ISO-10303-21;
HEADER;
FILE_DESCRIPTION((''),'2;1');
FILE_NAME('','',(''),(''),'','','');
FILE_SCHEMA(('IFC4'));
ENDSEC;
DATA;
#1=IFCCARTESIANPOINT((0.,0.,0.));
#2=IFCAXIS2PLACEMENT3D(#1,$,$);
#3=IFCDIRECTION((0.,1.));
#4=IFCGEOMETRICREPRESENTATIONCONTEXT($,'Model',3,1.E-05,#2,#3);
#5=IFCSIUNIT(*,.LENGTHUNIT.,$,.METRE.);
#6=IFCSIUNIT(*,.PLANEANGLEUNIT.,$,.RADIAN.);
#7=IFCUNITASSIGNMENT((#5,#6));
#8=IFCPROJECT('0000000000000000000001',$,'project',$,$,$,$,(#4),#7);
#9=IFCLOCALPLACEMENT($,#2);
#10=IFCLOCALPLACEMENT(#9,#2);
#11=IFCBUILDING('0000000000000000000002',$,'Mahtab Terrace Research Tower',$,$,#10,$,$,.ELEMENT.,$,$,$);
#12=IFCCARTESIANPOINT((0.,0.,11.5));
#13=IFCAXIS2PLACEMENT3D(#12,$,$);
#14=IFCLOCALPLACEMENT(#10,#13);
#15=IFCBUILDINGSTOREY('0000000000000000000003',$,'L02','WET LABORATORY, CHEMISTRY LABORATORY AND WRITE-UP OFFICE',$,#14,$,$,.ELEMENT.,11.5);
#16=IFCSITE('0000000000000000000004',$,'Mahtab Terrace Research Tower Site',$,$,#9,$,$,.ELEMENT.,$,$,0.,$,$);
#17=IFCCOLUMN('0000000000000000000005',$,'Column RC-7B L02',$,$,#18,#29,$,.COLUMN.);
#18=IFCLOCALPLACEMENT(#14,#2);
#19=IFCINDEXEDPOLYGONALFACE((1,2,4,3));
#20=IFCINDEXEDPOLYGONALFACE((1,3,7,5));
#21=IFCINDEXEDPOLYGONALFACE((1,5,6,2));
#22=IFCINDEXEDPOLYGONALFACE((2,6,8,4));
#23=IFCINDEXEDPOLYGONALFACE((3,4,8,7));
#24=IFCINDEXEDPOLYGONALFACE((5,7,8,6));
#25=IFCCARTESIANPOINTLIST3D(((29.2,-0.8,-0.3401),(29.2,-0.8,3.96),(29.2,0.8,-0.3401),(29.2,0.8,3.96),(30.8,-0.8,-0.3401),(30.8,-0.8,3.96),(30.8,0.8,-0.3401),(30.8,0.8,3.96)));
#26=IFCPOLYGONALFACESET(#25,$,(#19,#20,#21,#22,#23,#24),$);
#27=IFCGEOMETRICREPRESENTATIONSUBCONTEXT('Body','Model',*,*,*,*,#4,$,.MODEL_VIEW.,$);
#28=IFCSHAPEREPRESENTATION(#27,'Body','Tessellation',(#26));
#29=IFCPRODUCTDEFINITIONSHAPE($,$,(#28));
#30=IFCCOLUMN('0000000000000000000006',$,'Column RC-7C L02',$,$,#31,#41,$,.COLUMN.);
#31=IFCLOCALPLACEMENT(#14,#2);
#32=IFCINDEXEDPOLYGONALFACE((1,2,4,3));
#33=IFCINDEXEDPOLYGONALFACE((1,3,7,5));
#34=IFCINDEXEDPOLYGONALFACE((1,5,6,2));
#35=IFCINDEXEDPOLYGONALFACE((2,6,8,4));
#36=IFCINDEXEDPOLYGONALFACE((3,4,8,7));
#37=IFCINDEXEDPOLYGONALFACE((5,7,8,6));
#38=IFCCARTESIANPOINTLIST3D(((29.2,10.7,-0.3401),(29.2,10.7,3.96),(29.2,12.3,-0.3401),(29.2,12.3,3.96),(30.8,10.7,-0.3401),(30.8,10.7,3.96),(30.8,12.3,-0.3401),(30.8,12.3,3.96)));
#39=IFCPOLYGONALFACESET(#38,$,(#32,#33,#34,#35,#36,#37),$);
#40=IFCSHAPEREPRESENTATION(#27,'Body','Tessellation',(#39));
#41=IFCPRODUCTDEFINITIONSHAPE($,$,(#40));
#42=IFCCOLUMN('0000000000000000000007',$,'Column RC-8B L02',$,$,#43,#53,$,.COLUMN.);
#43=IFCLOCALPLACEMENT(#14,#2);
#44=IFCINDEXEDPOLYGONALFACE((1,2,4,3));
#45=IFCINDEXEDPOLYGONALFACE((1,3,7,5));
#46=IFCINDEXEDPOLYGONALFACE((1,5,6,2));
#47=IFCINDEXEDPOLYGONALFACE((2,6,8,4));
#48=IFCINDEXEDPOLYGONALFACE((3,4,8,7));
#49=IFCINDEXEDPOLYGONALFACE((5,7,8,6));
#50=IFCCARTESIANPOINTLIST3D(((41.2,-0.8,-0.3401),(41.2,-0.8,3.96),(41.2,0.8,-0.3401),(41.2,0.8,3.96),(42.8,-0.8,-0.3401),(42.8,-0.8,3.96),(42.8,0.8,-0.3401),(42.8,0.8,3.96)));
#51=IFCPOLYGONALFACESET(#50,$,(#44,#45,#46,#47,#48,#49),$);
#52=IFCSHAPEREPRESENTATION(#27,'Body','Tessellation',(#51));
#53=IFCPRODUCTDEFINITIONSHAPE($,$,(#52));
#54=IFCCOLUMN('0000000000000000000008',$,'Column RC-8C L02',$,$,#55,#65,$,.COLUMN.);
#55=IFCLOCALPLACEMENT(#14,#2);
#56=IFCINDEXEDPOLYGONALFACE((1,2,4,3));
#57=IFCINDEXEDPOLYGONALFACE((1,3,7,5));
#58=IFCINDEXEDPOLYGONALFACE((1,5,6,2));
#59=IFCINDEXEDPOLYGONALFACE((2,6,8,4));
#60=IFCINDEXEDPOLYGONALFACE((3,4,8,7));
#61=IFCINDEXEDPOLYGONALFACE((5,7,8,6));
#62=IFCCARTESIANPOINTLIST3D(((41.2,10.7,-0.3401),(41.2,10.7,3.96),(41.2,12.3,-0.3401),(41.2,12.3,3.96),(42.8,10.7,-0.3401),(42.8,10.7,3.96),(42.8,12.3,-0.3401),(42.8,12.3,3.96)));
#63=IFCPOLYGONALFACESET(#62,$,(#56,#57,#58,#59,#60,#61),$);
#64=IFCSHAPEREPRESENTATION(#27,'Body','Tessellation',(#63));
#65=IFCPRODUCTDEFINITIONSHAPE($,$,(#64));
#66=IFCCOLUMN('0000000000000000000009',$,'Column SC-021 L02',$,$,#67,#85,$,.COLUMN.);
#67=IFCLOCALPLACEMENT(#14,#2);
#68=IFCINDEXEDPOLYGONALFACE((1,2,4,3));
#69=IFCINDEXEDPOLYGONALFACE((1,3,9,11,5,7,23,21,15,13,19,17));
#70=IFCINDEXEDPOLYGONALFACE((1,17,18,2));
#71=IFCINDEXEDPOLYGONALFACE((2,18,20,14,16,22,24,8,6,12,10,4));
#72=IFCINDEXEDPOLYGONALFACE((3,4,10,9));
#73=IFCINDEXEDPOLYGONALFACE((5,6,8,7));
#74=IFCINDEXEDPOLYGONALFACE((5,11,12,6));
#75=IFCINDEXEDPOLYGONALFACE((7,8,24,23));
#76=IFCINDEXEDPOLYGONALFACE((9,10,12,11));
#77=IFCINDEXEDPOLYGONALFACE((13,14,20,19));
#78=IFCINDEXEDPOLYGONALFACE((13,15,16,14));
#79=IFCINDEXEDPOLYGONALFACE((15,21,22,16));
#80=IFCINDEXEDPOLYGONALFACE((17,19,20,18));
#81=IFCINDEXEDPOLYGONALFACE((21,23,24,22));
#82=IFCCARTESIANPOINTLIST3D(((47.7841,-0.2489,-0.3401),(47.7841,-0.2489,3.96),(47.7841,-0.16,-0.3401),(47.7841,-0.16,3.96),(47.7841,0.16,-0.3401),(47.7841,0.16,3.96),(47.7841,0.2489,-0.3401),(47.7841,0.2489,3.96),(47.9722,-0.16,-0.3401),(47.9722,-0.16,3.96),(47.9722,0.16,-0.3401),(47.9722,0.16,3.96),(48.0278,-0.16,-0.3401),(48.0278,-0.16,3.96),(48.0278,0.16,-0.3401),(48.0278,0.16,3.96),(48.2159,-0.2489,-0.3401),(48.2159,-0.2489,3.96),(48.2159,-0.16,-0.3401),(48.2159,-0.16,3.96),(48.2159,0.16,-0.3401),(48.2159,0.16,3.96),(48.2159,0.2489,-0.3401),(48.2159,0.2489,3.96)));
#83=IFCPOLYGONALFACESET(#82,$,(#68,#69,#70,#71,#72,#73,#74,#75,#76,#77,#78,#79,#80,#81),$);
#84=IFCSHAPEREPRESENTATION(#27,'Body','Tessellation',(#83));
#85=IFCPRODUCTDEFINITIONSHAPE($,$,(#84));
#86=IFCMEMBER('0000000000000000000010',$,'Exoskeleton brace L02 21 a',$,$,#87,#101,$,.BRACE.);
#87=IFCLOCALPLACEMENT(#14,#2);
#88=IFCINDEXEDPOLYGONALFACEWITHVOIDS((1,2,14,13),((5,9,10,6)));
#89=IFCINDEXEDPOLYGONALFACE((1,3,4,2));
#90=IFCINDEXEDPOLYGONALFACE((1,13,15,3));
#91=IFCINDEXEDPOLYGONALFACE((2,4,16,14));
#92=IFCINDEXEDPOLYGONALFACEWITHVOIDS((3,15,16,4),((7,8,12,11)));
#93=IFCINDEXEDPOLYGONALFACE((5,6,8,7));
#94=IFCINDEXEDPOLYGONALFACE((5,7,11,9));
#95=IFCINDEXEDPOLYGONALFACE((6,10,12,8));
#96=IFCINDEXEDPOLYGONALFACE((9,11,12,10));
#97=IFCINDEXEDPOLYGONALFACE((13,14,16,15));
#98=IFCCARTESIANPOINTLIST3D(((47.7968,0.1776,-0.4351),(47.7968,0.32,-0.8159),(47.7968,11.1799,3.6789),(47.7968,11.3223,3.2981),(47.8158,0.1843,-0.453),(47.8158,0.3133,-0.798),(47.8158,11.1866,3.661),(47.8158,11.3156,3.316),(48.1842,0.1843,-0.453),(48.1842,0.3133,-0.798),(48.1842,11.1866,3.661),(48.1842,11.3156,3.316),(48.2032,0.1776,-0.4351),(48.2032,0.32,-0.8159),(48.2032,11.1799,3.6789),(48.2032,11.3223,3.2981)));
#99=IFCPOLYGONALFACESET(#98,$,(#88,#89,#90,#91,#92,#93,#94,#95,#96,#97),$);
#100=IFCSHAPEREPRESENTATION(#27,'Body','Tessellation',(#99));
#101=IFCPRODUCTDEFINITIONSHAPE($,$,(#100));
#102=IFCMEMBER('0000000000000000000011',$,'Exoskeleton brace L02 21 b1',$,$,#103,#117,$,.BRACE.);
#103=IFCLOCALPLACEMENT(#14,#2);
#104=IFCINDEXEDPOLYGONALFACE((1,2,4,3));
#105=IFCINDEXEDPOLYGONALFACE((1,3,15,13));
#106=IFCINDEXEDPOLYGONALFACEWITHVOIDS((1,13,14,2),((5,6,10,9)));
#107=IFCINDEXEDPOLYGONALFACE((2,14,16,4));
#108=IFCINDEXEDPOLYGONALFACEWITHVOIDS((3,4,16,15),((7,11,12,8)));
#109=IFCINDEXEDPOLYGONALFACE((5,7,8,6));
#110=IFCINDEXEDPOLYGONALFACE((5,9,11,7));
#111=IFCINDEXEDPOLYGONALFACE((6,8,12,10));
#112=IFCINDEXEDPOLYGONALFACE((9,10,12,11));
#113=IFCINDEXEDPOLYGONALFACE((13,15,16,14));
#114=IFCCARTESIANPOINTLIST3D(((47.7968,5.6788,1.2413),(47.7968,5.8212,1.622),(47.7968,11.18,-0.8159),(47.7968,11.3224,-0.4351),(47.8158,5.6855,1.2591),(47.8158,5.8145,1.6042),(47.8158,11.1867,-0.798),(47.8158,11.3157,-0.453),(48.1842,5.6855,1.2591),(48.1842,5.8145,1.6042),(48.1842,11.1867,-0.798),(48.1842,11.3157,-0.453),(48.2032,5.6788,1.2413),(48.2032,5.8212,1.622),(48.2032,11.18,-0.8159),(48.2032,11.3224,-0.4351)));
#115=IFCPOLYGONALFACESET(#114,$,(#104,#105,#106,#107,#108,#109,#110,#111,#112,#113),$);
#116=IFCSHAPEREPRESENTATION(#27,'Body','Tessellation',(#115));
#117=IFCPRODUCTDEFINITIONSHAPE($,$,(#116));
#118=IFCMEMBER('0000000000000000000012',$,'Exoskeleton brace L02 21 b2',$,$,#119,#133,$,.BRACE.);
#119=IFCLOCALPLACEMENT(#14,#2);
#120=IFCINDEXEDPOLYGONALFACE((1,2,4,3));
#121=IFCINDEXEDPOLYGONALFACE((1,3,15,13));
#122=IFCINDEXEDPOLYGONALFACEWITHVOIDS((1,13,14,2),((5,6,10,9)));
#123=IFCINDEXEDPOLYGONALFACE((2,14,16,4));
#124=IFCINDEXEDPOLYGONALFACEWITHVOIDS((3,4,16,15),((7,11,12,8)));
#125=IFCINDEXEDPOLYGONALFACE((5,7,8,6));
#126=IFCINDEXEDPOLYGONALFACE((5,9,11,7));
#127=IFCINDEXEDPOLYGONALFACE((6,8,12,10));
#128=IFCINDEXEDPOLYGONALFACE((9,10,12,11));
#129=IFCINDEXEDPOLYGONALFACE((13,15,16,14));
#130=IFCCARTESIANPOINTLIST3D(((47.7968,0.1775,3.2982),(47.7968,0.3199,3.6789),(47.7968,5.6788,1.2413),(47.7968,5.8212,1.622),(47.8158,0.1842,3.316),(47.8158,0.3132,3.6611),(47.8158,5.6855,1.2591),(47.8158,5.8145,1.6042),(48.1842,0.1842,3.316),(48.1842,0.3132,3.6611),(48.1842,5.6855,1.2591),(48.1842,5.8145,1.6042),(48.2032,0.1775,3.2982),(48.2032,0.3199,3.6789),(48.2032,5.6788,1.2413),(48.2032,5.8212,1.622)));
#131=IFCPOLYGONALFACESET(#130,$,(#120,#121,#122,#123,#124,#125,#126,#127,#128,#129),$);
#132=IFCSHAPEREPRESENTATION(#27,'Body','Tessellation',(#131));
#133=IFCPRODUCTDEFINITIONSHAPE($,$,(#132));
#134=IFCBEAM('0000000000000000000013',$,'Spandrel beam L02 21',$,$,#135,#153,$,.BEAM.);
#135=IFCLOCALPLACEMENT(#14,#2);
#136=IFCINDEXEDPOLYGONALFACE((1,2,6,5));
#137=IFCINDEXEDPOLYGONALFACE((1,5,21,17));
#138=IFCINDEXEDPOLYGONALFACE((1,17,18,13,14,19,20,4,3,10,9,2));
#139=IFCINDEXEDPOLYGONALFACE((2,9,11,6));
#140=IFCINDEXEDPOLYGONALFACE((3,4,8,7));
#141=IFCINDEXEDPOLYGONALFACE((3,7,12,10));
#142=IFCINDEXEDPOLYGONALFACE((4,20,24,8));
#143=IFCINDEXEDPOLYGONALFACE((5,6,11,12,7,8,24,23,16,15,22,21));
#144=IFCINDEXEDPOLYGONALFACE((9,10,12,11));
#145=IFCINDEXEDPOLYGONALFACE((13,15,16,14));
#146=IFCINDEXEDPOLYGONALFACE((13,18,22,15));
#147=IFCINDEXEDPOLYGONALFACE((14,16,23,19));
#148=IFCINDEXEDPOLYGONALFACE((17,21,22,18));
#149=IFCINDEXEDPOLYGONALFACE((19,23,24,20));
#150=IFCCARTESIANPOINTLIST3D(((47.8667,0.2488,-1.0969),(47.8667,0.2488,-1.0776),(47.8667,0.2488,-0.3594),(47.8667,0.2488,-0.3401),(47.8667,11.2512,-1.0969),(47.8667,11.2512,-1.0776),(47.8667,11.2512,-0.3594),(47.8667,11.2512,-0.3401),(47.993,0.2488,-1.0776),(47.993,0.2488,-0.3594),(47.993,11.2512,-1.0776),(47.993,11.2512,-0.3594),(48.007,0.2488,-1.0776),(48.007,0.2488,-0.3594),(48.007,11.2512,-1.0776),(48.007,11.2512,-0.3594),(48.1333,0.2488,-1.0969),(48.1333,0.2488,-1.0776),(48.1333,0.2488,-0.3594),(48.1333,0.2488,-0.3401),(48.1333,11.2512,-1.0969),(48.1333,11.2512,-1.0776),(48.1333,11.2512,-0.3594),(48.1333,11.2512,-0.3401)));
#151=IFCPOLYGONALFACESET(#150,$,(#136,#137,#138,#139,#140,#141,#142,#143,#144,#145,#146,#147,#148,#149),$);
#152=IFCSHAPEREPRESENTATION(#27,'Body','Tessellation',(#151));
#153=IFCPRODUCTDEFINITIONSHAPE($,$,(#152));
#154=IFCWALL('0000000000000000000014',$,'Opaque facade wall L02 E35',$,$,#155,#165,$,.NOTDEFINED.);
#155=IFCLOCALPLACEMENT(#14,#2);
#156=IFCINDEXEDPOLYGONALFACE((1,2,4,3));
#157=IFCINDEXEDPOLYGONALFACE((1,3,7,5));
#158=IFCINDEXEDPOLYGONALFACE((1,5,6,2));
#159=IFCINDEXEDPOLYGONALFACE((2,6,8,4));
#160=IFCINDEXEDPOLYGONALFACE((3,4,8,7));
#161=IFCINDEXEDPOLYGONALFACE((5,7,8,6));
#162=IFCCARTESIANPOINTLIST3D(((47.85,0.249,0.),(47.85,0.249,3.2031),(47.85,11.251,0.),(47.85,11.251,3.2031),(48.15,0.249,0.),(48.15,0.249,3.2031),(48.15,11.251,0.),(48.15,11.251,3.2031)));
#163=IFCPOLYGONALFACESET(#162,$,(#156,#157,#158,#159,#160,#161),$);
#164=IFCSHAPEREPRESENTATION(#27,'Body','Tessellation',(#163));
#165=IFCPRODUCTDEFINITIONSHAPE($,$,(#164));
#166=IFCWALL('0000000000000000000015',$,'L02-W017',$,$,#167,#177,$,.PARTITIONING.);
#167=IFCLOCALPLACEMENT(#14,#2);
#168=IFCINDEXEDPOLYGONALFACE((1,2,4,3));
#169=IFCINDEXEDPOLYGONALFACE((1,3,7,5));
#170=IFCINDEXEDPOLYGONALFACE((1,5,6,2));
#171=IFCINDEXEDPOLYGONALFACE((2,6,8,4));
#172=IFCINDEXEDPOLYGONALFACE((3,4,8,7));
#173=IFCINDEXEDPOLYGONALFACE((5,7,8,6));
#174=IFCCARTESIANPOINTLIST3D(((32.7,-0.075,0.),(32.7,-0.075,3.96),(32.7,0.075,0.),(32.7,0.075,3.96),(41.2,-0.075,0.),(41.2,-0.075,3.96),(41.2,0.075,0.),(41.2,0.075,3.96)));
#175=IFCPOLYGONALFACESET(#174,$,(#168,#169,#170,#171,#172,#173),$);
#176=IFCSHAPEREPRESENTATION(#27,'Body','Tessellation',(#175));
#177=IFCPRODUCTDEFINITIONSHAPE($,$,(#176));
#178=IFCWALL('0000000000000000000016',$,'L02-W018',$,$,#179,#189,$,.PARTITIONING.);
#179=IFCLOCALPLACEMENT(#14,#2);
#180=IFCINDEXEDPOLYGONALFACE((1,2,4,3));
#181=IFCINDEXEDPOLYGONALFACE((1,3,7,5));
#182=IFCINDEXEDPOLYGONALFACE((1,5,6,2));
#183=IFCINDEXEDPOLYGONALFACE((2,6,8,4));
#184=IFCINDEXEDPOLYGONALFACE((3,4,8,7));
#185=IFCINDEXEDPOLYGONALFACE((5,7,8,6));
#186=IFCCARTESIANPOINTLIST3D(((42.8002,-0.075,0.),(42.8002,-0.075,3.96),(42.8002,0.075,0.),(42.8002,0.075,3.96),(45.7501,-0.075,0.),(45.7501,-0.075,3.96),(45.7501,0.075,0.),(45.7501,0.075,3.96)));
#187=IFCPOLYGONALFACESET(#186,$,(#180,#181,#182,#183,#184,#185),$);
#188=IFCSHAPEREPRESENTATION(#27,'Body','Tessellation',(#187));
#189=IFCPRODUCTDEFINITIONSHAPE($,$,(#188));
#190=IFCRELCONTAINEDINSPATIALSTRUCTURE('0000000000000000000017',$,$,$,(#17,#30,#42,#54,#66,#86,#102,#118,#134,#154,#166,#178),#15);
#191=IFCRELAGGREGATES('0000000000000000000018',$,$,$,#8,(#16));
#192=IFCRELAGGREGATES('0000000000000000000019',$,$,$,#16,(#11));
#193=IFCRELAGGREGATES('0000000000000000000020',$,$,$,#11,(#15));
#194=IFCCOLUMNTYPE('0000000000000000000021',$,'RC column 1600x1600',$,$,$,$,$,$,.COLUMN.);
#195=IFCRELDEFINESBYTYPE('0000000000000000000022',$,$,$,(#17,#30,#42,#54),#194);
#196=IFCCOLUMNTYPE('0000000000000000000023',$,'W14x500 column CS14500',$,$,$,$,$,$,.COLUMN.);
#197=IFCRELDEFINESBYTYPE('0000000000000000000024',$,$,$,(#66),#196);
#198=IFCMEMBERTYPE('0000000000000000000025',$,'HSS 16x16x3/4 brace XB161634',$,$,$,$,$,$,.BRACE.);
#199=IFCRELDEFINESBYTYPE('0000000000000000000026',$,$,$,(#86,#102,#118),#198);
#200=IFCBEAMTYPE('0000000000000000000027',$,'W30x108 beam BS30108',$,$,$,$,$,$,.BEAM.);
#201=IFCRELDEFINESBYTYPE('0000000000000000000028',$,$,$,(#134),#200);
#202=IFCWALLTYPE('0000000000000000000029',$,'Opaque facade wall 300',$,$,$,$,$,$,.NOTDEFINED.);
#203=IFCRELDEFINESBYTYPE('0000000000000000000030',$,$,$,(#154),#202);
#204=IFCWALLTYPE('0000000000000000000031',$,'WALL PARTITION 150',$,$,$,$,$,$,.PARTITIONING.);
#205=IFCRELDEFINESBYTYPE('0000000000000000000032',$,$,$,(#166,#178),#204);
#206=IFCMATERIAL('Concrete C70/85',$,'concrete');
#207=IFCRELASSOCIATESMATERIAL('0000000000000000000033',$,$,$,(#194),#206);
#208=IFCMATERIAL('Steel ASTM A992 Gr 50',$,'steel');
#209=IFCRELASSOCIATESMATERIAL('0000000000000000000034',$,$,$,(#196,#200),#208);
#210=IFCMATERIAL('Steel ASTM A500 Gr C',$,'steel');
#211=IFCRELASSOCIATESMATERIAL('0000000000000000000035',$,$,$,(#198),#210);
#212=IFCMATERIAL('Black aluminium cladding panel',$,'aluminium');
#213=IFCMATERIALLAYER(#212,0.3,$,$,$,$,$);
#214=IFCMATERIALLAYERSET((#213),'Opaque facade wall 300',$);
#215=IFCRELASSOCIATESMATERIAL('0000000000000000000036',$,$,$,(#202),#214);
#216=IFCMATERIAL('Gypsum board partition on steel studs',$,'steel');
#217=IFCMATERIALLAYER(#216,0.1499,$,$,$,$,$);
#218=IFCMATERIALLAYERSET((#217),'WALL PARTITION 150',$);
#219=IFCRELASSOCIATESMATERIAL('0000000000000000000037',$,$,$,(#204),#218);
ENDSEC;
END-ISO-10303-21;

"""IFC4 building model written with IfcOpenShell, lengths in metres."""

from ifc_helpers import new_model, si_unit, direction, frame, frame_2d, origin, origin_2d, place, context, subcontext, project, spatial, rectangle, hollow_rectangle, i_section, extrude, material, layer, layer_set, material_profile, profile_set, type_object, element, save


model = new_model("IFC4")

# Units and contexts
model_context = context("Model", 3, precision=1e-05, world=origin(), true_north=direction((0.0, 1.0)))
body_context = subcontext(model_context, "Body", "Model", "MODEL_VIEW")
ifc_project = project(units=[si_unit("LENGTHUNIT", "METRE"), si_unit("PLANEANGLEUNIT", "RADIAN")], contexts=[model_context])

# Site, building, storey
site_placement = place(None, origin())
site = spatial("IfcSite", under=ifc_project, at=site_placement, Name="Mahtab Terrace Research Tower Site", CompositionType="ELEMENT", RefElevation=0.0)
building_placement = place(site_placement, origin())
building = spatial("IfcBuilding", under=site, at=building_placement, Name="Mahtab Terrace Research Tower", CompositionType="ELEMENT")
storey_placement = place(building_placement, frame((0.0, 0.0, 11.5)))
storey = spatial("IfcBuildingStorey", under=building, at=storey_placement, Name="L02", Description="WET LABORATORY, CHEMISTRY LABORATORY AND WRITE-UP OFFICE", CompositionType="ELEMENT", Elevation=11.5)

# Columns
ifc_material_1 = material(Name="Concrete C70/85", Category="concrete")
ifc_material_profile_1 = material_profile(ifc_material_1, rectangle(XDim=1.6001, YDim=1.6001, at=origin_2d()), Name="RC column 1600x1600")
ifc_profile_set_1 = profile_set([ifc_material_profile_1], Name="Concrete C70/85")
column_type_1 = type_object("IfcColumnType", Name="RC column 1600x1600", PredefinedType="COLUMN", material=ifc_profile_set_1)
for number, where, z_axis, x_axis, name in (
    (1, (30.0, 0.0, -0.3401), (0.0, 0.0, 1.0), (1.0, 0.0, 0.0), "Column RC-7B L02"),
    (2, (30.0, 11.5, -0.3401), (0.0, 0.0, 1.0), (1.0, 0.0, 0.0), "Column RC-7C L02"),
    (3, (42.0, 0.0, -0.3401), (0.0, 0.0, 1.0), (1.0, 0.0, 0.0), "Column RC-8B L02"),
    (4, (42.0, 11.5, -0.3401), (0.0, 0.0, 1.0), (1.0, 0.0, 0.0), "Column RC-8C L02"),
):
    element("IfcColumn", number, at=place(storey_placement, frame(where, z_axis=z_axis, x_axis=x_axis)), inside=storey, type_object=column_type_1, Name=name, PredefinedType="COLUMN", context=body_context, shape_type="SweptSolid", body=[
        extrude(rectangle(XDim=1.6001, YDim=1.6001, at=origin_2d()), origin(), (0.0, 0.0, 1.0), 4.3),
    ])
ifc_material_2 = material(Name="Steel ASTM A992 Gr 50", Category="steel")
ifc_material_profile_2 = material_profile(ifc_material_2, i_section(OverallWidth=0.4319, OverallDepth=0.4978, WebThickness=0.0557, FlangeThickness=0.0889, at=origin_2d()), Name="W14X500")
ifc_profile_set_2 = profile_set([ifc_material_profile_2], Name="Steel ASTM A992 Gr 50")
column_type_2 = type_object("IfcColumnType", Name="W14x500 column CS14500", PredefinedType="COLUMN", material=ifc_profile_set_2)
column_placement = place(storey_placement, frame((48.0, 0.0, -0.3401), z_axis=(0.0, 0.0, 1.0), x_axis=(1.0, 0.0, 0.0)))
element("IfcColumn", 5, at=column_placement, inside=storey, type_object=column_type_2, Name="Column SC-021 L02", PredefinedType="COLUMN", context=body_context, shape_type="SweptSolid", body=[
    extrude(i_section(OverallWidth=0.4319, OverallDepth=0.4978, WebThickness=0.0557, FlangeThickness=0.0889, at=origin_2d()), origin(), (0.0, 0.0, 1.0), 4.3),
])

# Members
ifc_material_3 = material(Name="Steel ASTM A500 Gr C", Category="steel")
ifc_material_profile_3 = material_profile(ifc_material_3, hollow_rectangle(XDim=0.4065, YDim=0.4065, WallThickness=0.019, at=origin_2d()), Name="HSS16X16X3/4")
ifc_profile_set_3 = profile_set([ifc_material_profile_3], Name="Steel ASTM A500 Gr C")
member_type = type_object("IfcMemberType", Name="HSS 16x16x3/4 brace XB161634", PredefinedType="BRACE", material=ifc_profile_set_3)
member_placement = place(storey_placement, frame((48.0, 0.2488, -0.6255), z_axis=(0.0, 0.936662, 0.350235), x_axis=(-1.0, 0.0, 0.0)))
element("IfcMember", 6, at=member_placement, inside=storey, type_object=member_type, Name="Exoskeleton brace L02 21 a", PredefinedType="BRACE", context=body_context, shape_type="SweptSolid", body=[
    extrude(hollow_rectangle(XDim=0.4065, YDim=0.4065, WallThickness=0.019, at=origin_2d()), origin(), (0.0, 0.0, 1.0), 11.7463),
])
for number, where, z_axis, x_axis, name in (
    (7, (48.0, 11.2512, -0.6255), (0.0, -0.936655, 0.350253), (1.0, 0.0, 0.0), "Exoskeleton brace L02 21 b1"),
    (8, (48.0, 5.75, 1.4316), (0.0, -0.936669, 0.350217), (1.0, 0.0, 0.0), "Exoskeleton brace L02 21 b2"),
):
    element("IfcMember", number, at=place(storey_placement, frame(where, z_axis=z_axis, x_axis=x_axis)), inside=storey, type_object=member_type, Name=name, PredefinedType="BRACE", context=body_context, shape_type="SweptSolid", body=[
        extrude(hollow_rectangle(XDim=0.4065, YDim=0.4065, WallThickness=0.019, at=origin_2d()), origin(), (0.0, 0.0, 1.0), 5.8733),
    ])

# Beam
ifc_material_profile_4 = material_profile(ifc_material_2, i_section(OverallWidth=0.2666, OverallDepth=0.7568, WebThickness=0.0139, FlangeThickness=0.0193, at=origin_2d()), Name="W30X108")
ifc_profile_set_4 = profile_set([ifc_material_profile_4], Name="Steel ASTM A992 Gr 50")
beam_type = type_object("IfcBeamType", Name="W30x108 beam BS30108", PredefinedType="BEAM", material=ifc_profile_set_4)
beam_placement = place(storey_placement, frame((48.0, 0.2488, -0.7185), z_axis=(0.0, 1.0, 0.0), x_axis=(-1.0, 0.0, 0.0)))
element("IfcBeam", 9, at=beam_placement, inside=storey, type_object=beam_type, Name="Spandrel beam L02 21", PredefinedType="BEAM", context=body_context, shape_type="SweptSolid", body=[
    extrude(i_section(OverallWidth=0.2666, OverallDepth=0.7568, WebThickness=0.0139, FlangeThickness=0.0193, at=origin_2d()), origin(), (0.0, 0.0, 1.0), 11.0024),
])

# Walls
ifc_material_4 = material(Name="Black aluminium cladding panel", Category="aluminium")
ifc_layer_1 = layer(ifc_material_4, 0.3)
ifc_layer_set_1 = layer_set([ifc_layer_1], Name="Opaque facade wall 300")
wall_type_1 = type_object("IfcWallType", Name="Opaque facade wall 300", PredefinedType="NOTDEFINED", material=ifc_layer_set_1)
wall_1_placement = place(storey_placement, frame((48.0, 0.249, 0.0), z_axis=(0.0, 0.0, 1.0), x_axis=(0.0, 1.0, 0.0)))
element("IfcWall", 10, at=wall_1_placement, inside=storey, type_object=wall_type_1, Name="Opaque facade wall L02 E35", PredefinedType="NOTDEFINED", context=body_context, shape_type="SweptSolid", body=[
    extrude(rectangle(XDim=11.002, YDim=0.3, at=frame_2d((5.501, 0.0))), origin(), (0.0, 0.0, 1.0), 3.2031),
])
ifc_material_5 = material(Name="Gypsum board partition on steel studs", Category="steel")
ifc_layer_2 = layer(ifc_material_5, 0.1499)
ifc_layer_set_2 = layer_set([ifc_layer_2], Name="WALL PARTITION 150")
wall_type_2 = type_object("IfcWallType", Name="WALL PARTITION 150", PredefinedType="PARTITIONING", material=ifc_layer_set_2)
wall_2_placement = place(storey_placement, frame((32.7, 0.0, 0.0), z_axis=(0.0, 0.0, 1.0), x_axis=(1.0, 0.0, 0.0)))
element("IfcWall", 11, at=wall_2_placement, inside=storey, type_object=wall_type_2, Name="L02-W017", PredefinedType="PARTITIONING", context=body_context, shape_type="SweptSolid", body=[
    extrude(rectangle(XDim=8.5, YDim=0.1499, at=frame_2d((4.25, 0.0))), origin(), (0.0, 0.0, 1.0), 3.96),
])
wall_3_placement = place(storey_placement, frame((42.8, 0.0, 0.0), z_axis=(0.0, 0.0, 1.0), x_axis=(1.0, 0.0, 0.0)))
element("IfcWall", 12, at=wall_3_placement, inside=storey, type_object=wall_type_2, Name="L02-W018", PredefinedType="PARTITIONING", context=body_context, shape_type="SweptSolid", body=[
    extrude(rectangle(XDim=2.95, YDim=0.1499, at=frame_2d((1.4751, 0.0))), origin(), (0.0, 0.0, 1.0), 3.96),
])

save(model, "model.ifc")
